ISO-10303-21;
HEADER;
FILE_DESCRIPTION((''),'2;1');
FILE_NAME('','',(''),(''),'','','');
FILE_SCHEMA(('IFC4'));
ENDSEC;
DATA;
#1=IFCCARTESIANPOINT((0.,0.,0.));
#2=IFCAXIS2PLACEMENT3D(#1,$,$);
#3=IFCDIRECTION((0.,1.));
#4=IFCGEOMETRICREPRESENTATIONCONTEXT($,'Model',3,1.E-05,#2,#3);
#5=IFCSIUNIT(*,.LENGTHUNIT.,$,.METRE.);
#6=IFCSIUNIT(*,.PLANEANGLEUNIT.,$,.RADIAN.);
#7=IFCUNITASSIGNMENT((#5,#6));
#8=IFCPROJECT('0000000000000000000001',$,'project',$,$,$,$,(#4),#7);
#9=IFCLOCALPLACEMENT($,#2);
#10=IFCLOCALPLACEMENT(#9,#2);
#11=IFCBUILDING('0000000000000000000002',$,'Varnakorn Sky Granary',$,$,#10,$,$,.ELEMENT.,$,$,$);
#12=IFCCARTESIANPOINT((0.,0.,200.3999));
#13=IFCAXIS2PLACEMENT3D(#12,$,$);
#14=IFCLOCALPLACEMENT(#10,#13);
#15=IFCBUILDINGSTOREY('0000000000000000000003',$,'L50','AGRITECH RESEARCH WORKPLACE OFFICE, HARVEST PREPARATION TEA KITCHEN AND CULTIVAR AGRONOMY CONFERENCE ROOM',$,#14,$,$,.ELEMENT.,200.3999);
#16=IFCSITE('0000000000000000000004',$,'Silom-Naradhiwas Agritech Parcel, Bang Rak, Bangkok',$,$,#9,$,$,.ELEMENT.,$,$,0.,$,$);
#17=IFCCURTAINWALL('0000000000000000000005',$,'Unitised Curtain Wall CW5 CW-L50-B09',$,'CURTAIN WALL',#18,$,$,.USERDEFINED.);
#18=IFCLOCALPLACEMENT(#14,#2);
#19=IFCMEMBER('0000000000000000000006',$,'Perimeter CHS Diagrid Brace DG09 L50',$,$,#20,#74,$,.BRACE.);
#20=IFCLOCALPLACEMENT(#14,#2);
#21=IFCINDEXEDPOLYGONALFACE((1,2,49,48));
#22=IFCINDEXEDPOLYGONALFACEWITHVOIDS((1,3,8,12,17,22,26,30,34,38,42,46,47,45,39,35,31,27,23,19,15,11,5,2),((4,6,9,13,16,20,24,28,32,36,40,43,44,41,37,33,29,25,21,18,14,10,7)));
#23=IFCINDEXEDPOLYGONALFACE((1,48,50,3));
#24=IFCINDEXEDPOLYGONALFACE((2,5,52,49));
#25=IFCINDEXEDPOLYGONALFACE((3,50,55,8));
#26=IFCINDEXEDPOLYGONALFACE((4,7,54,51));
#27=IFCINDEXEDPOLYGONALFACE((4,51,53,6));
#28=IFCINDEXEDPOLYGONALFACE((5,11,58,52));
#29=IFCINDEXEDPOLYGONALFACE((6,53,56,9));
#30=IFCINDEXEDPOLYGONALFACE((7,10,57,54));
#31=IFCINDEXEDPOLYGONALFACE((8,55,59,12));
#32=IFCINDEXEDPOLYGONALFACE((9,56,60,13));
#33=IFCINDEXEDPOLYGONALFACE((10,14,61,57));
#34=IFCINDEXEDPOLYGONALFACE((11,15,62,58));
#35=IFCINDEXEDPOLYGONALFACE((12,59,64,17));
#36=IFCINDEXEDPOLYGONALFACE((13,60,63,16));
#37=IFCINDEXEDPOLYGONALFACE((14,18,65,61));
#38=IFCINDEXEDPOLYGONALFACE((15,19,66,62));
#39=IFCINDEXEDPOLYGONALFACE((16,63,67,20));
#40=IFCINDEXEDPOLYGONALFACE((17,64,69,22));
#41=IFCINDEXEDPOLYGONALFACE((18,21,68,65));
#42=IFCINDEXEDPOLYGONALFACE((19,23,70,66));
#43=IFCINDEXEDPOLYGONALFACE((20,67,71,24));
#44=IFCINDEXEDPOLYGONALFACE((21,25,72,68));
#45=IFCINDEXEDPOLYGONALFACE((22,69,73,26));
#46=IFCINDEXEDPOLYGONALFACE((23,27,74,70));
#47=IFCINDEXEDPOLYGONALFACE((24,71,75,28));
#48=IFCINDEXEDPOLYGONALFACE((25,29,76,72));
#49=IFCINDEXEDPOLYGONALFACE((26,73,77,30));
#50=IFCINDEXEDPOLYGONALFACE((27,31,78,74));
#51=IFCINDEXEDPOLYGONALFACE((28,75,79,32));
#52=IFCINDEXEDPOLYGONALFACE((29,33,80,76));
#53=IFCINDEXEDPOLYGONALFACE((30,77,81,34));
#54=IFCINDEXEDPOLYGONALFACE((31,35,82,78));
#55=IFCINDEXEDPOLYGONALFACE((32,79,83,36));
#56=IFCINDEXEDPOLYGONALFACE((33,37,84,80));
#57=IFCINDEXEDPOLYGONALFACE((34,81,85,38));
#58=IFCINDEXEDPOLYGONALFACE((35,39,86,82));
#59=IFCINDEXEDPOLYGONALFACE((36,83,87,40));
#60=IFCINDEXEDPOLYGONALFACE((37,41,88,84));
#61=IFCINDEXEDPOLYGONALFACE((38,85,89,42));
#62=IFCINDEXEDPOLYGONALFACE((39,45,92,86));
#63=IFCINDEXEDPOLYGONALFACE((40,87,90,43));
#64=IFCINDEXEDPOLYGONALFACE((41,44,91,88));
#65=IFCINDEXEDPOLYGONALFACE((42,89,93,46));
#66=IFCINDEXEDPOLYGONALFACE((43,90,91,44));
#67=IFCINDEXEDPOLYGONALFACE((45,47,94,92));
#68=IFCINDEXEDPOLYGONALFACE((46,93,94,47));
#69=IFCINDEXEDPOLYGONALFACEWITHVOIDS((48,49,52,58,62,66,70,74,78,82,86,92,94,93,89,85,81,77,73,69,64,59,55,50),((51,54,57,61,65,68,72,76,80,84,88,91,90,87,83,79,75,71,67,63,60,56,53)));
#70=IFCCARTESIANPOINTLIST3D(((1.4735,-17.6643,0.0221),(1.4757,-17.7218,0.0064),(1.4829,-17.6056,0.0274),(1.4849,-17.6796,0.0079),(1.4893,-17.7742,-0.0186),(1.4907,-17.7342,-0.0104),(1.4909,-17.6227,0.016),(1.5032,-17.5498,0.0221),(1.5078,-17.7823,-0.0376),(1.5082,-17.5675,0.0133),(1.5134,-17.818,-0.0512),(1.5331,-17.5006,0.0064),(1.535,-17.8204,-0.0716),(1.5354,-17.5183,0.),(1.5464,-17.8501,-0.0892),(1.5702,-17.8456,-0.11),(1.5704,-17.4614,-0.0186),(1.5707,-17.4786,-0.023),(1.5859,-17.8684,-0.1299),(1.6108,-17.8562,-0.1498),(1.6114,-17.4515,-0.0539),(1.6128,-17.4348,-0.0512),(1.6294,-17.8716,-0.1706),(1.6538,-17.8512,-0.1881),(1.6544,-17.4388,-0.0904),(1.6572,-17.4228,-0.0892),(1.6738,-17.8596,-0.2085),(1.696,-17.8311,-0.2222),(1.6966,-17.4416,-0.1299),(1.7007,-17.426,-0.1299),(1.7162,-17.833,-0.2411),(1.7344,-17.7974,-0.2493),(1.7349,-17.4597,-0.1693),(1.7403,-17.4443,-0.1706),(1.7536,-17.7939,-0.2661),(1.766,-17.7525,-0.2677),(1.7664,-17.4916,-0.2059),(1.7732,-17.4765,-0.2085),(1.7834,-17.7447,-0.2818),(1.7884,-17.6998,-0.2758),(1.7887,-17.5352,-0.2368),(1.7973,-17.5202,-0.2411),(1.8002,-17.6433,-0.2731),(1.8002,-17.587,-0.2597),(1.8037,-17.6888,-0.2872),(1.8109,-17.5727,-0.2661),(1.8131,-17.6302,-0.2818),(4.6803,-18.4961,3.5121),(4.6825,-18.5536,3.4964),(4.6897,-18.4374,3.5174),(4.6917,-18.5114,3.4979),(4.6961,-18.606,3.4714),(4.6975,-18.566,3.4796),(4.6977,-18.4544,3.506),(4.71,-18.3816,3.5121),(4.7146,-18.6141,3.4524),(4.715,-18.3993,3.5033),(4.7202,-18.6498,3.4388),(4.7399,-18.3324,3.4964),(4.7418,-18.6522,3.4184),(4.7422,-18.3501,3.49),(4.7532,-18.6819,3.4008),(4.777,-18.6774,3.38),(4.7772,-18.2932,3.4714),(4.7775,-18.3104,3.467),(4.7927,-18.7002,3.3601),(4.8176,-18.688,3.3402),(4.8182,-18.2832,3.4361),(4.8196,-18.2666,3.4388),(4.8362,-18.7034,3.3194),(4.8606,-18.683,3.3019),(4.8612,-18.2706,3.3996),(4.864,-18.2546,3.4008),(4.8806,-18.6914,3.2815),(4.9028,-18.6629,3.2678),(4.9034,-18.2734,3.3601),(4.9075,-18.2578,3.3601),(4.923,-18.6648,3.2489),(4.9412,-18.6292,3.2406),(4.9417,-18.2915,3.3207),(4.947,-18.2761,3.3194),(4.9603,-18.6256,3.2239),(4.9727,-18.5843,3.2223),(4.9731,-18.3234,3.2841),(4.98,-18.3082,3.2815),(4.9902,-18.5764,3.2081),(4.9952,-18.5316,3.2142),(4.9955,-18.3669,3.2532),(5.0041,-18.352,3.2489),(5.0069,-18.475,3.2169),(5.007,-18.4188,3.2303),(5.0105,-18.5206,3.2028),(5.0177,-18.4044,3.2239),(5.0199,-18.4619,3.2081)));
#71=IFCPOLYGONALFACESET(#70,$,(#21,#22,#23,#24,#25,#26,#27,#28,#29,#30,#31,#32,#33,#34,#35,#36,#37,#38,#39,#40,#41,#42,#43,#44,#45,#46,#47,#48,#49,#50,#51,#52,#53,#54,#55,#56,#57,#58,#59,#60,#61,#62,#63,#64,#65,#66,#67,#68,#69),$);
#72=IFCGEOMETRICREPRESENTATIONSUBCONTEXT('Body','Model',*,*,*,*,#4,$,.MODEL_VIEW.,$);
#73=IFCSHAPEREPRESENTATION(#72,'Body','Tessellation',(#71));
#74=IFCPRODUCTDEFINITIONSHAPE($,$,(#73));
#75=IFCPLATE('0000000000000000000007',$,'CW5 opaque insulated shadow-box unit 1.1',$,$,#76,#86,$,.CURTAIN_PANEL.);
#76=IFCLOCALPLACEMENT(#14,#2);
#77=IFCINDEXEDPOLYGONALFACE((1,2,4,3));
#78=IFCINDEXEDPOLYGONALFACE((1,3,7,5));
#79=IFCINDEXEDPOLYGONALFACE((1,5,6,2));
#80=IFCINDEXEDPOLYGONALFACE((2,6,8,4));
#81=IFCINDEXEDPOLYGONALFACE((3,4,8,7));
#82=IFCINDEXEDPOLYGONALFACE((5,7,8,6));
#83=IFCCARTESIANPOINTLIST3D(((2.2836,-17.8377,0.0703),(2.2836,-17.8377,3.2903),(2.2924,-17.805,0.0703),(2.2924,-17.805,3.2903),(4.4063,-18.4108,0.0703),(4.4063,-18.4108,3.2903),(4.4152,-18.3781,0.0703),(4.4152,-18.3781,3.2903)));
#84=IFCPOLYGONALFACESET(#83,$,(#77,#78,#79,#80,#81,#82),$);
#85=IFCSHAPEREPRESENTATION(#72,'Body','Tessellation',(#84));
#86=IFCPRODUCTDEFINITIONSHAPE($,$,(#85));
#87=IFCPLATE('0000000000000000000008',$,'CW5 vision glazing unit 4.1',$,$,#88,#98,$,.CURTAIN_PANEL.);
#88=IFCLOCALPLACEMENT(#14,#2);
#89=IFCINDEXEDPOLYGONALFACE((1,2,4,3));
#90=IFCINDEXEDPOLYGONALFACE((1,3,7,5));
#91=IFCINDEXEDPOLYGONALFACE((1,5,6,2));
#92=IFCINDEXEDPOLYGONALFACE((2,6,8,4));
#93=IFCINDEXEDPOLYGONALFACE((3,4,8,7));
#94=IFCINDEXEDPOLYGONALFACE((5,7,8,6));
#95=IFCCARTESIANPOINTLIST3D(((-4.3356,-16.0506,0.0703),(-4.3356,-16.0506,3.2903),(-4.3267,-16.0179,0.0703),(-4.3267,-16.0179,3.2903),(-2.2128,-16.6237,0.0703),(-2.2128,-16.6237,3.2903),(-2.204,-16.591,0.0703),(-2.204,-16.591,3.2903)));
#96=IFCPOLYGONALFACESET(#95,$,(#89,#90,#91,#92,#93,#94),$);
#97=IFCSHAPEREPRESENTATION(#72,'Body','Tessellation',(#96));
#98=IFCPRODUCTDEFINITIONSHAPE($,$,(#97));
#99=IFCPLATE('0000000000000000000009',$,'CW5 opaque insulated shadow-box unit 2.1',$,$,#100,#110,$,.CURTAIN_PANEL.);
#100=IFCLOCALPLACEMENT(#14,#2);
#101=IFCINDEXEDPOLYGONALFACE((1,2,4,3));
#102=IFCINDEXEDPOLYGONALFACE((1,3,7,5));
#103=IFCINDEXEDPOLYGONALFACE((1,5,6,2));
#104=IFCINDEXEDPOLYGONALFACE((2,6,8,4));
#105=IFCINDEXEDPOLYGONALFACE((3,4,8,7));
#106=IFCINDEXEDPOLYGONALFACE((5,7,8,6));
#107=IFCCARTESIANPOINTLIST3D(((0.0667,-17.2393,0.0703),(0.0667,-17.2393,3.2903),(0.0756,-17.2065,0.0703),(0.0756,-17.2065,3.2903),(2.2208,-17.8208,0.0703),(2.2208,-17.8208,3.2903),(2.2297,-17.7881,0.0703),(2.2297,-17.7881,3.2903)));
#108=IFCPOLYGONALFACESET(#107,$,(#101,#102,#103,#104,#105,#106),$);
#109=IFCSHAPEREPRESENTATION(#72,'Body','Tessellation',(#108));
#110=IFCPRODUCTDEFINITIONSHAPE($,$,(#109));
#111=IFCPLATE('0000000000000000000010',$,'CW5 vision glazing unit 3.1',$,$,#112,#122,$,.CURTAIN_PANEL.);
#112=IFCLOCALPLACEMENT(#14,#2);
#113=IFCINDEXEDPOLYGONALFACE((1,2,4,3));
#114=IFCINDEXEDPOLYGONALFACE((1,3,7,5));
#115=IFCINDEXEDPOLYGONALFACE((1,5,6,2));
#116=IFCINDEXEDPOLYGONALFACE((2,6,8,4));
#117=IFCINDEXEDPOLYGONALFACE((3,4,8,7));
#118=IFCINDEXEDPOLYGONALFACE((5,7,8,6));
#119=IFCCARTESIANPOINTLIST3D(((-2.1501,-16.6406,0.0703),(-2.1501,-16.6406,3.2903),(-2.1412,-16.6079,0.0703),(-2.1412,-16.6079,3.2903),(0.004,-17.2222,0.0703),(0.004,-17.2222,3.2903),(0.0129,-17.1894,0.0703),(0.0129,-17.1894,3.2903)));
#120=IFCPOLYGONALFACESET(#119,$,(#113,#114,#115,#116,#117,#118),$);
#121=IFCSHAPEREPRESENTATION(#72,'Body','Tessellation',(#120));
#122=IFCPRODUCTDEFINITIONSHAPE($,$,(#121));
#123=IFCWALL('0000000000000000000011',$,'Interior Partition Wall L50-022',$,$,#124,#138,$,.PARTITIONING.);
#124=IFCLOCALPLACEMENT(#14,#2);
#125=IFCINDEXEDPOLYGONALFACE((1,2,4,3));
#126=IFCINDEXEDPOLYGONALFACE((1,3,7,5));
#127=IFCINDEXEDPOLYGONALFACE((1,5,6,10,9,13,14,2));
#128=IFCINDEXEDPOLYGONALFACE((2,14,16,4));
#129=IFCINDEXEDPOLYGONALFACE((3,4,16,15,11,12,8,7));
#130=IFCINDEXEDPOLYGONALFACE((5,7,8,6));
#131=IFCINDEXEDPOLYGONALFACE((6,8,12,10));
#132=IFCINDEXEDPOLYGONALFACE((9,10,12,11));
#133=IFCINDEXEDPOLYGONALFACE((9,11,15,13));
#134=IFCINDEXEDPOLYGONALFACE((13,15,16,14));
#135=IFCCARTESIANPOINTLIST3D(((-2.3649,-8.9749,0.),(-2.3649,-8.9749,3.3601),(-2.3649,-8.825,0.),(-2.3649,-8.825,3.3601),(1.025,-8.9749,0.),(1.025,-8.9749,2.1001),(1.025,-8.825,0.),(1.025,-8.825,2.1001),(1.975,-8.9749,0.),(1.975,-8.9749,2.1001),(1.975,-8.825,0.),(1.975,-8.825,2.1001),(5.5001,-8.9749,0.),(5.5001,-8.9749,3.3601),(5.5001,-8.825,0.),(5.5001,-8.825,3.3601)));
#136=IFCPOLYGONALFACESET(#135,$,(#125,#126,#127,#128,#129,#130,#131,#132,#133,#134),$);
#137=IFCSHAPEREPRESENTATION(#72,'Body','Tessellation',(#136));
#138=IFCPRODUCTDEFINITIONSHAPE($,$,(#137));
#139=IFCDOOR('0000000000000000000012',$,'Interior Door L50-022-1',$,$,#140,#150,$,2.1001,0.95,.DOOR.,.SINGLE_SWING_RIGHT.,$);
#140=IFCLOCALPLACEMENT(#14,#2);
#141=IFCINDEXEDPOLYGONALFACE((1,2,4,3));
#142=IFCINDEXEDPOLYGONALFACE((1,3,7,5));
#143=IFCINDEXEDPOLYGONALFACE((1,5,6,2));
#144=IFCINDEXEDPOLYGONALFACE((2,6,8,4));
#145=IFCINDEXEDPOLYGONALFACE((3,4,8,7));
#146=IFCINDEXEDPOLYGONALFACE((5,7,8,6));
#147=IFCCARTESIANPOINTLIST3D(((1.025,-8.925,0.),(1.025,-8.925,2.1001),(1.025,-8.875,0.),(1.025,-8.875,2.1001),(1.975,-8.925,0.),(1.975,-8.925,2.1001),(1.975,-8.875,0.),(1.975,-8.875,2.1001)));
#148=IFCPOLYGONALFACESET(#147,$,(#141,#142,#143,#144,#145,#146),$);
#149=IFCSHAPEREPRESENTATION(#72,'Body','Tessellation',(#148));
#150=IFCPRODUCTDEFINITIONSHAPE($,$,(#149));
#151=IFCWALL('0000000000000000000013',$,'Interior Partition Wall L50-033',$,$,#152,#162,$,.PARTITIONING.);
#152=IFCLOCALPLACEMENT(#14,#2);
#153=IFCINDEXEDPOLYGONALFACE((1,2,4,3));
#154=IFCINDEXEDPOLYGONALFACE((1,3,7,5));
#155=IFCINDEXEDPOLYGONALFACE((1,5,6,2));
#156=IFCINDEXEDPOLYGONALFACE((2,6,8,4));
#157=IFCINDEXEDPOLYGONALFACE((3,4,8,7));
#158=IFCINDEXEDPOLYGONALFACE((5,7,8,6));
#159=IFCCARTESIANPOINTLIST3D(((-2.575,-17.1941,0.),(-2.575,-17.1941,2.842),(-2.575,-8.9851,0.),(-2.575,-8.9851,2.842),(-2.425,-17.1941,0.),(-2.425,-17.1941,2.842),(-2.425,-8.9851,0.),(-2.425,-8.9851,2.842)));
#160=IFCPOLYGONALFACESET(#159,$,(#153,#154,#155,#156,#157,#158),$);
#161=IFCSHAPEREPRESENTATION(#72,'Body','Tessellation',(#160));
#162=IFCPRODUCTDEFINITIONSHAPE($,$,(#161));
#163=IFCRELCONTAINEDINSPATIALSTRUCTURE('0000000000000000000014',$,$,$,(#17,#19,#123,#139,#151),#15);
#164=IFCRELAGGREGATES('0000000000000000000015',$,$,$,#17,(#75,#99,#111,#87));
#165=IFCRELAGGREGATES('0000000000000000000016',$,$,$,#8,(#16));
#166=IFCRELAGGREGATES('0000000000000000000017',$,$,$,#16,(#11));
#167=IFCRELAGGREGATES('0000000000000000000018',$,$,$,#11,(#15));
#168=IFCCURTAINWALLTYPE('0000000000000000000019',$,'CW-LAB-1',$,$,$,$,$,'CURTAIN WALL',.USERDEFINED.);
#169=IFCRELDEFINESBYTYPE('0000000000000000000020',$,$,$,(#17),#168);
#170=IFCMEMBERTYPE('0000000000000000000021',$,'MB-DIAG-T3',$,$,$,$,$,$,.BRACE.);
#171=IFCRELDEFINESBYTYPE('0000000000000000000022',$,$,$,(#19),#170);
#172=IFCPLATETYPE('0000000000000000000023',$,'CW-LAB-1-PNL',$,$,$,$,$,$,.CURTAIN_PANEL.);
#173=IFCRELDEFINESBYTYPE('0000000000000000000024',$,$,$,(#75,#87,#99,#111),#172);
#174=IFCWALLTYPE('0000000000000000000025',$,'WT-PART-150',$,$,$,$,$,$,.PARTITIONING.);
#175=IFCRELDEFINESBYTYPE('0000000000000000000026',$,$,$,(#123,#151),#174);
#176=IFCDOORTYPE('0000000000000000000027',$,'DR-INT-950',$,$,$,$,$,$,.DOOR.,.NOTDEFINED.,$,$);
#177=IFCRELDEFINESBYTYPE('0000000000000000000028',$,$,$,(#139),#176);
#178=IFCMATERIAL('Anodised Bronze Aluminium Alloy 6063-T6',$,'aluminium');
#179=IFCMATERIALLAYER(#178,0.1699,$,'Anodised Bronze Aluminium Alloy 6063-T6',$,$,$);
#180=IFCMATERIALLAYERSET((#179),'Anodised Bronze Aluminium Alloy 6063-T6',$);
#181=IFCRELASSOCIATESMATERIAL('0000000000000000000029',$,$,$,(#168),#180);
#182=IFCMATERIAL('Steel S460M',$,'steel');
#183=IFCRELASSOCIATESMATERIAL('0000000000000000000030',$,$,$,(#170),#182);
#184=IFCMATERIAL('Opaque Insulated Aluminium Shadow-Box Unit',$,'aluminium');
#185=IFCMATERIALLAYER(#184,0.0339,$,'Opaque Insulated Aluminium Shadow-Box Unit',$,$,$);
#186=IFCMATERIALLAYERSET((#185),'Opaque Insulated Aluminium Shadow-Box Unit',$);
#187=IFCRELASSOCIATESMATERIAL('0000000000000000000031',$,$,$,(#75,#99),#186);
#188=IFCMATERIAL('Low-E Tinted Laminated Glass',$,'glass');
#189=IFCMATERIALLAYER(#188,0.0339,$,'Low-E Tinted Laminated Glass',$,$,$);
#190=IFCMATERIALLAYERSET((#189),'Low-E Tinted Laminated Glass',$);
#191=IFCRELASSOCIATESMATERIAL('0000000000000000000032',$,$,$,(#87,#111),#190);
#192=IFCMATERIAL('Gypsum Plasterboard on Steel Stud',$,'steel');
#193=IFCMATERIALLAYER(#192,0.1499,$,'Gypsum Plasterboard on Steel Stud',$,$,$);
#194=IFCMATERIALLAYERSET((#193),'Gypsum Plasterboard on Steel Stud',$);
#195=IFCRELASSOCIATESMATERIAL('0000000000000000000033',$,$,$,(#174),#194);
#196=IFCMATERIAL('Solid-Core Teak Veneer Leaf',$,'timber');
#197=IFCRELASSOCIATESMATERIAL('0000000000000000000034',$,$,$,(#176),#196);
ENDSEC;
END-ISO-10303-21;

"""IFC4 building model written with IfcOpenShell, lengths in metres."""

from ifc_helpers import new_model, si_unit, direction, frame, frame_2d, origin, origin_2d, place, context, subcontext, project, spatial, rectangle, hollow_circle, extrude, source, transform, mapped, material, layer, layer_set, material_profile, profile_set, type_object, type_shapes, element, fill, aggregate, save


model = new_model("IFC4")

# Units and contexts
model_context = context("Model", 3, precision=1e-05, world=origin(), true_north=direction((0.0, 1.0)))
body_context = subcontext(model_context, "Body", "Model", "MODEL_VIEW")
ifc_project = project(units=[si_unit("LENGTHUNIT", "METRE"), si_unit("PLANEANGLEUNIT", "RADIAN")], contexts=[model_context])

# Site, building, storey
site_placement = place(None, origin())
site = spatial("IfcSite", under=ifc_project, at=site_placement, Name="Silom-Naradhiwas Agritech Parcel, Bang Rak, Bangkok", CompositionType="ELEMENT", RefElevation=0.0)
building_placement = place(site_placement, origin())
building = spatial("IfcBuilding", under=site, at=building_placement, Name="Varnakorn Sky Granary", CompositionType="ELEMENT")
storey_placement = place(building_placement, frame((0.0, 0.0, 200.3999)))
storey = spatial("IfcBuildingStorey", under=building, at=storey_placement, Name="L50", Description="AGRITECH RESEARCH WORKPLACE OFFICE, HARVEST PREPARATION TEA KITCHEN AND CULTIVAR AGRONOMY CONFERENCE ROOM", CompositionType="ELEMENT", Elevation=200.3999)

# Shared definitions
ifc_material_1 = material(Name="Steel S460M", Category="steel")

# Shared definitions
ifc_material_2 = material(Name="Anodised Bronze Aluminium Alloy 6063-T6", Category="aluminium")
ifc_layer_1 = layer(ifc_material_2, 0.1699, Name="Anodised Bronze Aluminium Alloy 6063-T6")
ifc_layer_set_1 = layer_set([ifc_layer_1], Name="Anodised Bronze Aluminium Alloy 6063-T6")
curtain_wall_type = type_object("IfcCurtainWallType", Name="CW-LAB-1", ElementType="CURTAIN WALL", PredefinedType="USERDEFINED", material=ifc_layer_set_1)

# Curtain wall
curtain_wall_1_placement = place(storey_placement, origin())
curtain_wall_1 = element("IfcCurtainWall", 1, at=curtain_wall_1_placement, inside=storey, type_object=curtain_wall_type, Name="Unitised Curtain Wall CW5 CW-L50-B09", ObjectType="CURTAIN WALL", PredefinedType="USERDEFINED")

# Member
ifc_material_profile_1 = material_profile(ifc_material_1, hollow_circle(Radius=0.2285, WallThickness=0.0161, at=origin_2d()), Name="CHS 457x16")
ifc_profile_set_1 = profile_set([ifc_material_profile_1], Name="Steel S460M")
member_type_1 = type_object("IfcMemberType", Name="MB-DIAG-T3", PredefinedType="BRACE", material=ifc_profile_set_1)
member_1_placement = place(storey_placement, frame((1.6433, -17.6472, -0.1299), z_axis=(0.666414, -0.172857, 0.725267), x_axis=(0.251075, 0.967968, 0.0)))
element("IfcMember", 2, at=member_1_placement, inside=storey, type_object=member_type_1, Name="Perimeter CHS Diagrid Brace DG09 L50", PredefinedType="BRACE", context=body_context, shape_type="SweptSolid", body=[
    extrude(hollow_circle(Radius=0.2285, WallThickness=0.0161, at=origin_2d()), origin(), (0.0, 0.0, 1.0), 4.812),
])

# Plates
ifc_material_3 = material(Name="Opaque Insulated Aluminium Shadow-Box Unit", Category="aluminium")
ifc_layer_2 = layer(ifc_material_3, 0.0339, Name="Opaque Insulated Aluminium Shadow-Box Unit")
ifc_layer_set_2 = layer_set([ifc_layer_2], Name="Opaque Insulated Aluminium Shadow-Box Unit")
plate_type = type_object("IfcPlateType", Name="CW-LAB-1-PNL", PredefinedType="CURTAIN_PANEL")
shared_shape_1 = source(origin(), body_context, "Body", "SweptSolid", [
    extrude(rectangle(XDim=2.1987, YDim=0.0339, at=origin_2d()), origin(), (0.0, 0.0, 1.0), 3.22),
])
plate_1_placement = place(storey_placement, frame((3.3494, -18.1079, 0.0703), z_axis=(0.0, 0.0, 1.0), x_axis=(-0.965435, 0.260643, 0.0)))
plate_1 = element("IfcPlate", 3, at=plate_1_placement, type_object=plate_type, material=ifc_layer_set_2, Name="CW5 opaque insulated shadow-box unit 1.1", PredefinedType="CURTAIN_PANEL", context=body_context, shape_type="MappedRepresentation", body=[
    mapped(shared_shape_1, transform((0.0, 0.0, 0.0), x_axis=(1.0, 0.0, 0.0), y_axis=(0.0, 1.0, 0.0), z_axis=(0.0, 0.0, 1.0), scale=1.0)),
])
ifc_material_4 = material(Name="Low-E Tinted Laminated Glass", Category="glass")
ifc_layer_3 = layer(ifc_material_4, 0.0339, Name="Low-E Tinted Laminated Glass")
ifc_layer_set_3 = layer_set([ifc_layer_3], Name="Low-E Tinted Laminated Glass")
plate_2_placement = place(storey_placement, frame((-3.2698, -16.3208, 0.0703), z_axis=(0.0, 0.0, 1.0), x_axis=(-0.965435, 0.260643, 0.0)))
plate_2 = element("IfcPlate", 4, at=plate_2_placement, type_object=plate_type, material=ifc_layer_set_3, Name="CW5 vision glazing unit 4.1", PredefinedType="CURTAIN_PANEL", context=body_context, shape_type="MappedRepresentation", body=[
    mapped(shared_shape_1, transform((0.0, 0.0, 0.0), x_axis=(1.0, 0.0, 0.0), y_axis=(0.0, 1.0, 0.0), z_axis=(0.0, 0.0, 1.0), scale=1.0)),
])
shared_shape_2 = source(origin(), body_context, "Body", "SweptSolid", [
    extrude(rectangle(XDim=2.2312, YDim=0.0339, at=origin_2d()), origin(), (0.0, 0.0, 1.0), 3.22),
])
type_shapes(plate_type, [shared_shape_1, shared_shape_2])
plate_3_placement = place(storey_placement, frame((1.1482, -17.5137, 0.0703), z_axis=(0.0, 0.0, 1.0), x_axis=(-0.965435, 0.260643, 0.0)))
plate_3 = element("IfcPlate", 5, at=plate_3_placement, type_object=plate_type, material=ifc_layer_set_2, Name="CW5 opaque insulated shadow-box unit 2.1", PredefinedType="CURTAIN_PANEL", context=body_context, shape_type="MappedRepresentation", body=[
    mapped(shared_shape_2, transform((0.0, 0.0, 0.0), x_axis=(1.0, 0.0, 0.0), y_axis=(0.0, 1.0, 0.0), z_axis=(0.0, 0.0, 1.0), scale=1.0)),
])
plate_4_placement = place(storey_placement, frame((-1.0686, -16.915, 0.0703), z_axis=(0.0, 0.0, 1.0), x_axis=(-0.965435, 0.260643, 0.0)))
plate_4 = element("IfcPlate", 6, at=plate_4_placement, type_object=plate_type, material=ifc_layer_set_3, Name="CW5 vision glazing unit 3.1", PredefinedType="CURTAIN_PANEL", context=body_context, shape_type="MappedRepresentation", body=[
    mapped(shared_shape_2, transform((0.0, 0.0, 0.0), x_axis=(1.0, 0.0, 0.0), y_axis=(0.0, 1.0, 0.0), z_axis=(0.0, 0.0, 1.0), scale=1.0)),
])
aggregate(curtain_wall_1, [plate_1, plate_3, plate_4, plate_2])

# Wall, opening, door
ifc_material_5 = material(Name="Gypsum Plasterboard on Steel Stud", Category="steel")
ifc_layer_4 = layer(ifc_material_5, 0.1499, Name="Gypsum Plasterboard on Steel Stud")
ifc_layer_set_4 = layer_set([ifc_layer_4], Name="Gypsum Plasterboard on Steel Stud")
wall_type = type_object("IfcWallType", Name="WT-PART-150", PredefinedType="PARTITIONING", material=ifc_layer_set_4)
wall_1_placement = place(storey_placement, frame((-2.365, -8.8999, 0.0), z_axis=(0.0, 0.0, 1.0), x_axis=(1.0, 0.0, 0.0)))
wall_1 = element("IfcWall", 7, at=wall_1_placement, inside=storey, type_object=wall_type, Name="Interior Partition Wall L50-022", PredefinedType="PARTITIONING", context=body_context, shape_type="SweptSolid", body=[
    extrude(rectangle(XDim=7.865, YDim=0.1499, at=frame_2d((3.9326, 0.0))), origin(), (0.0, 0.0, 1.0), 3.3601),
])
opening_placement = place(wall_1_placement, frame((3.3899, 0.0, 0.0)))
opening = element("IfcOpeningElement", 8, at=opening_placement, cuts=wall_1, PredefinedType="OPENING", context=body_context, shape_type="SweptSolid", body=[
    extrude(rectangle(XDim=0.95, YDim=2.1001, at=frame_2d((0.4751, 1.05))), frame((0.0, 0.085, 0.0), z_axis=(0.0, -1.0, 0.0), x_axis=(1.0, 0.0, 0.0)), (0.0, 0.0, 1.0), 0.1699),
])
ifc_material_6 = material(Name="Solid-Core Teak Veneer Leaf", Category="timber")
door_type = type_object("IfcDoorType", Name="DR-INT-950", OperationType="NOTDEFINED", PredefinedType="DOOR", material=ifc_material_6)
door_placement = place(opening_placement, origin())
door = element("IfcDoor", 9, at=door_placement, inside=storey, type_object=door_type, Name="Interior Door L50-022-1", OperationType="SINGLE_SWING_RIGHT", OverallHeight=2.1001, OverallWidth=0.95, PredefinedType="DOOR", context=body_context, shape_type="SweptSolid", body=[
    extrude(rectangle(XDim=0.95, YDim=2.1001, at=frame_2d((0.4751, 1.05))), frame((0.0, 0.0249, 0.0), z_axis=(0.0, -1.0, 0.0), x_axis=(1.0, 0.0, 0.0)), (0.0, 0.0, 1.0), 0.05),
])
fill(opening, door)

# Wall
wall_2_placement = place(storey_placement, frame((-2.5, -8.9851, 0.0), z_axis=(0.0, 0.0, 1.0), x_axis=(0.0, -1.0, 0.0)))
element("IfcWall", 10, at=wall_2_placement, inside=storey, type_object=wall_type, Name="Interior Partition Wall L50-033", PredefinedType="PARTITIONING", context=body_context, shape_type="SweptSolid", body=[
    extrude(rectangle(XDim=8.209, YDim=0.1499, at=frame_2d((4.1045, 0.0))), origin(), (0.0, 0.0, 1.0), 2.842),
])

save(model, "model.ifc")
